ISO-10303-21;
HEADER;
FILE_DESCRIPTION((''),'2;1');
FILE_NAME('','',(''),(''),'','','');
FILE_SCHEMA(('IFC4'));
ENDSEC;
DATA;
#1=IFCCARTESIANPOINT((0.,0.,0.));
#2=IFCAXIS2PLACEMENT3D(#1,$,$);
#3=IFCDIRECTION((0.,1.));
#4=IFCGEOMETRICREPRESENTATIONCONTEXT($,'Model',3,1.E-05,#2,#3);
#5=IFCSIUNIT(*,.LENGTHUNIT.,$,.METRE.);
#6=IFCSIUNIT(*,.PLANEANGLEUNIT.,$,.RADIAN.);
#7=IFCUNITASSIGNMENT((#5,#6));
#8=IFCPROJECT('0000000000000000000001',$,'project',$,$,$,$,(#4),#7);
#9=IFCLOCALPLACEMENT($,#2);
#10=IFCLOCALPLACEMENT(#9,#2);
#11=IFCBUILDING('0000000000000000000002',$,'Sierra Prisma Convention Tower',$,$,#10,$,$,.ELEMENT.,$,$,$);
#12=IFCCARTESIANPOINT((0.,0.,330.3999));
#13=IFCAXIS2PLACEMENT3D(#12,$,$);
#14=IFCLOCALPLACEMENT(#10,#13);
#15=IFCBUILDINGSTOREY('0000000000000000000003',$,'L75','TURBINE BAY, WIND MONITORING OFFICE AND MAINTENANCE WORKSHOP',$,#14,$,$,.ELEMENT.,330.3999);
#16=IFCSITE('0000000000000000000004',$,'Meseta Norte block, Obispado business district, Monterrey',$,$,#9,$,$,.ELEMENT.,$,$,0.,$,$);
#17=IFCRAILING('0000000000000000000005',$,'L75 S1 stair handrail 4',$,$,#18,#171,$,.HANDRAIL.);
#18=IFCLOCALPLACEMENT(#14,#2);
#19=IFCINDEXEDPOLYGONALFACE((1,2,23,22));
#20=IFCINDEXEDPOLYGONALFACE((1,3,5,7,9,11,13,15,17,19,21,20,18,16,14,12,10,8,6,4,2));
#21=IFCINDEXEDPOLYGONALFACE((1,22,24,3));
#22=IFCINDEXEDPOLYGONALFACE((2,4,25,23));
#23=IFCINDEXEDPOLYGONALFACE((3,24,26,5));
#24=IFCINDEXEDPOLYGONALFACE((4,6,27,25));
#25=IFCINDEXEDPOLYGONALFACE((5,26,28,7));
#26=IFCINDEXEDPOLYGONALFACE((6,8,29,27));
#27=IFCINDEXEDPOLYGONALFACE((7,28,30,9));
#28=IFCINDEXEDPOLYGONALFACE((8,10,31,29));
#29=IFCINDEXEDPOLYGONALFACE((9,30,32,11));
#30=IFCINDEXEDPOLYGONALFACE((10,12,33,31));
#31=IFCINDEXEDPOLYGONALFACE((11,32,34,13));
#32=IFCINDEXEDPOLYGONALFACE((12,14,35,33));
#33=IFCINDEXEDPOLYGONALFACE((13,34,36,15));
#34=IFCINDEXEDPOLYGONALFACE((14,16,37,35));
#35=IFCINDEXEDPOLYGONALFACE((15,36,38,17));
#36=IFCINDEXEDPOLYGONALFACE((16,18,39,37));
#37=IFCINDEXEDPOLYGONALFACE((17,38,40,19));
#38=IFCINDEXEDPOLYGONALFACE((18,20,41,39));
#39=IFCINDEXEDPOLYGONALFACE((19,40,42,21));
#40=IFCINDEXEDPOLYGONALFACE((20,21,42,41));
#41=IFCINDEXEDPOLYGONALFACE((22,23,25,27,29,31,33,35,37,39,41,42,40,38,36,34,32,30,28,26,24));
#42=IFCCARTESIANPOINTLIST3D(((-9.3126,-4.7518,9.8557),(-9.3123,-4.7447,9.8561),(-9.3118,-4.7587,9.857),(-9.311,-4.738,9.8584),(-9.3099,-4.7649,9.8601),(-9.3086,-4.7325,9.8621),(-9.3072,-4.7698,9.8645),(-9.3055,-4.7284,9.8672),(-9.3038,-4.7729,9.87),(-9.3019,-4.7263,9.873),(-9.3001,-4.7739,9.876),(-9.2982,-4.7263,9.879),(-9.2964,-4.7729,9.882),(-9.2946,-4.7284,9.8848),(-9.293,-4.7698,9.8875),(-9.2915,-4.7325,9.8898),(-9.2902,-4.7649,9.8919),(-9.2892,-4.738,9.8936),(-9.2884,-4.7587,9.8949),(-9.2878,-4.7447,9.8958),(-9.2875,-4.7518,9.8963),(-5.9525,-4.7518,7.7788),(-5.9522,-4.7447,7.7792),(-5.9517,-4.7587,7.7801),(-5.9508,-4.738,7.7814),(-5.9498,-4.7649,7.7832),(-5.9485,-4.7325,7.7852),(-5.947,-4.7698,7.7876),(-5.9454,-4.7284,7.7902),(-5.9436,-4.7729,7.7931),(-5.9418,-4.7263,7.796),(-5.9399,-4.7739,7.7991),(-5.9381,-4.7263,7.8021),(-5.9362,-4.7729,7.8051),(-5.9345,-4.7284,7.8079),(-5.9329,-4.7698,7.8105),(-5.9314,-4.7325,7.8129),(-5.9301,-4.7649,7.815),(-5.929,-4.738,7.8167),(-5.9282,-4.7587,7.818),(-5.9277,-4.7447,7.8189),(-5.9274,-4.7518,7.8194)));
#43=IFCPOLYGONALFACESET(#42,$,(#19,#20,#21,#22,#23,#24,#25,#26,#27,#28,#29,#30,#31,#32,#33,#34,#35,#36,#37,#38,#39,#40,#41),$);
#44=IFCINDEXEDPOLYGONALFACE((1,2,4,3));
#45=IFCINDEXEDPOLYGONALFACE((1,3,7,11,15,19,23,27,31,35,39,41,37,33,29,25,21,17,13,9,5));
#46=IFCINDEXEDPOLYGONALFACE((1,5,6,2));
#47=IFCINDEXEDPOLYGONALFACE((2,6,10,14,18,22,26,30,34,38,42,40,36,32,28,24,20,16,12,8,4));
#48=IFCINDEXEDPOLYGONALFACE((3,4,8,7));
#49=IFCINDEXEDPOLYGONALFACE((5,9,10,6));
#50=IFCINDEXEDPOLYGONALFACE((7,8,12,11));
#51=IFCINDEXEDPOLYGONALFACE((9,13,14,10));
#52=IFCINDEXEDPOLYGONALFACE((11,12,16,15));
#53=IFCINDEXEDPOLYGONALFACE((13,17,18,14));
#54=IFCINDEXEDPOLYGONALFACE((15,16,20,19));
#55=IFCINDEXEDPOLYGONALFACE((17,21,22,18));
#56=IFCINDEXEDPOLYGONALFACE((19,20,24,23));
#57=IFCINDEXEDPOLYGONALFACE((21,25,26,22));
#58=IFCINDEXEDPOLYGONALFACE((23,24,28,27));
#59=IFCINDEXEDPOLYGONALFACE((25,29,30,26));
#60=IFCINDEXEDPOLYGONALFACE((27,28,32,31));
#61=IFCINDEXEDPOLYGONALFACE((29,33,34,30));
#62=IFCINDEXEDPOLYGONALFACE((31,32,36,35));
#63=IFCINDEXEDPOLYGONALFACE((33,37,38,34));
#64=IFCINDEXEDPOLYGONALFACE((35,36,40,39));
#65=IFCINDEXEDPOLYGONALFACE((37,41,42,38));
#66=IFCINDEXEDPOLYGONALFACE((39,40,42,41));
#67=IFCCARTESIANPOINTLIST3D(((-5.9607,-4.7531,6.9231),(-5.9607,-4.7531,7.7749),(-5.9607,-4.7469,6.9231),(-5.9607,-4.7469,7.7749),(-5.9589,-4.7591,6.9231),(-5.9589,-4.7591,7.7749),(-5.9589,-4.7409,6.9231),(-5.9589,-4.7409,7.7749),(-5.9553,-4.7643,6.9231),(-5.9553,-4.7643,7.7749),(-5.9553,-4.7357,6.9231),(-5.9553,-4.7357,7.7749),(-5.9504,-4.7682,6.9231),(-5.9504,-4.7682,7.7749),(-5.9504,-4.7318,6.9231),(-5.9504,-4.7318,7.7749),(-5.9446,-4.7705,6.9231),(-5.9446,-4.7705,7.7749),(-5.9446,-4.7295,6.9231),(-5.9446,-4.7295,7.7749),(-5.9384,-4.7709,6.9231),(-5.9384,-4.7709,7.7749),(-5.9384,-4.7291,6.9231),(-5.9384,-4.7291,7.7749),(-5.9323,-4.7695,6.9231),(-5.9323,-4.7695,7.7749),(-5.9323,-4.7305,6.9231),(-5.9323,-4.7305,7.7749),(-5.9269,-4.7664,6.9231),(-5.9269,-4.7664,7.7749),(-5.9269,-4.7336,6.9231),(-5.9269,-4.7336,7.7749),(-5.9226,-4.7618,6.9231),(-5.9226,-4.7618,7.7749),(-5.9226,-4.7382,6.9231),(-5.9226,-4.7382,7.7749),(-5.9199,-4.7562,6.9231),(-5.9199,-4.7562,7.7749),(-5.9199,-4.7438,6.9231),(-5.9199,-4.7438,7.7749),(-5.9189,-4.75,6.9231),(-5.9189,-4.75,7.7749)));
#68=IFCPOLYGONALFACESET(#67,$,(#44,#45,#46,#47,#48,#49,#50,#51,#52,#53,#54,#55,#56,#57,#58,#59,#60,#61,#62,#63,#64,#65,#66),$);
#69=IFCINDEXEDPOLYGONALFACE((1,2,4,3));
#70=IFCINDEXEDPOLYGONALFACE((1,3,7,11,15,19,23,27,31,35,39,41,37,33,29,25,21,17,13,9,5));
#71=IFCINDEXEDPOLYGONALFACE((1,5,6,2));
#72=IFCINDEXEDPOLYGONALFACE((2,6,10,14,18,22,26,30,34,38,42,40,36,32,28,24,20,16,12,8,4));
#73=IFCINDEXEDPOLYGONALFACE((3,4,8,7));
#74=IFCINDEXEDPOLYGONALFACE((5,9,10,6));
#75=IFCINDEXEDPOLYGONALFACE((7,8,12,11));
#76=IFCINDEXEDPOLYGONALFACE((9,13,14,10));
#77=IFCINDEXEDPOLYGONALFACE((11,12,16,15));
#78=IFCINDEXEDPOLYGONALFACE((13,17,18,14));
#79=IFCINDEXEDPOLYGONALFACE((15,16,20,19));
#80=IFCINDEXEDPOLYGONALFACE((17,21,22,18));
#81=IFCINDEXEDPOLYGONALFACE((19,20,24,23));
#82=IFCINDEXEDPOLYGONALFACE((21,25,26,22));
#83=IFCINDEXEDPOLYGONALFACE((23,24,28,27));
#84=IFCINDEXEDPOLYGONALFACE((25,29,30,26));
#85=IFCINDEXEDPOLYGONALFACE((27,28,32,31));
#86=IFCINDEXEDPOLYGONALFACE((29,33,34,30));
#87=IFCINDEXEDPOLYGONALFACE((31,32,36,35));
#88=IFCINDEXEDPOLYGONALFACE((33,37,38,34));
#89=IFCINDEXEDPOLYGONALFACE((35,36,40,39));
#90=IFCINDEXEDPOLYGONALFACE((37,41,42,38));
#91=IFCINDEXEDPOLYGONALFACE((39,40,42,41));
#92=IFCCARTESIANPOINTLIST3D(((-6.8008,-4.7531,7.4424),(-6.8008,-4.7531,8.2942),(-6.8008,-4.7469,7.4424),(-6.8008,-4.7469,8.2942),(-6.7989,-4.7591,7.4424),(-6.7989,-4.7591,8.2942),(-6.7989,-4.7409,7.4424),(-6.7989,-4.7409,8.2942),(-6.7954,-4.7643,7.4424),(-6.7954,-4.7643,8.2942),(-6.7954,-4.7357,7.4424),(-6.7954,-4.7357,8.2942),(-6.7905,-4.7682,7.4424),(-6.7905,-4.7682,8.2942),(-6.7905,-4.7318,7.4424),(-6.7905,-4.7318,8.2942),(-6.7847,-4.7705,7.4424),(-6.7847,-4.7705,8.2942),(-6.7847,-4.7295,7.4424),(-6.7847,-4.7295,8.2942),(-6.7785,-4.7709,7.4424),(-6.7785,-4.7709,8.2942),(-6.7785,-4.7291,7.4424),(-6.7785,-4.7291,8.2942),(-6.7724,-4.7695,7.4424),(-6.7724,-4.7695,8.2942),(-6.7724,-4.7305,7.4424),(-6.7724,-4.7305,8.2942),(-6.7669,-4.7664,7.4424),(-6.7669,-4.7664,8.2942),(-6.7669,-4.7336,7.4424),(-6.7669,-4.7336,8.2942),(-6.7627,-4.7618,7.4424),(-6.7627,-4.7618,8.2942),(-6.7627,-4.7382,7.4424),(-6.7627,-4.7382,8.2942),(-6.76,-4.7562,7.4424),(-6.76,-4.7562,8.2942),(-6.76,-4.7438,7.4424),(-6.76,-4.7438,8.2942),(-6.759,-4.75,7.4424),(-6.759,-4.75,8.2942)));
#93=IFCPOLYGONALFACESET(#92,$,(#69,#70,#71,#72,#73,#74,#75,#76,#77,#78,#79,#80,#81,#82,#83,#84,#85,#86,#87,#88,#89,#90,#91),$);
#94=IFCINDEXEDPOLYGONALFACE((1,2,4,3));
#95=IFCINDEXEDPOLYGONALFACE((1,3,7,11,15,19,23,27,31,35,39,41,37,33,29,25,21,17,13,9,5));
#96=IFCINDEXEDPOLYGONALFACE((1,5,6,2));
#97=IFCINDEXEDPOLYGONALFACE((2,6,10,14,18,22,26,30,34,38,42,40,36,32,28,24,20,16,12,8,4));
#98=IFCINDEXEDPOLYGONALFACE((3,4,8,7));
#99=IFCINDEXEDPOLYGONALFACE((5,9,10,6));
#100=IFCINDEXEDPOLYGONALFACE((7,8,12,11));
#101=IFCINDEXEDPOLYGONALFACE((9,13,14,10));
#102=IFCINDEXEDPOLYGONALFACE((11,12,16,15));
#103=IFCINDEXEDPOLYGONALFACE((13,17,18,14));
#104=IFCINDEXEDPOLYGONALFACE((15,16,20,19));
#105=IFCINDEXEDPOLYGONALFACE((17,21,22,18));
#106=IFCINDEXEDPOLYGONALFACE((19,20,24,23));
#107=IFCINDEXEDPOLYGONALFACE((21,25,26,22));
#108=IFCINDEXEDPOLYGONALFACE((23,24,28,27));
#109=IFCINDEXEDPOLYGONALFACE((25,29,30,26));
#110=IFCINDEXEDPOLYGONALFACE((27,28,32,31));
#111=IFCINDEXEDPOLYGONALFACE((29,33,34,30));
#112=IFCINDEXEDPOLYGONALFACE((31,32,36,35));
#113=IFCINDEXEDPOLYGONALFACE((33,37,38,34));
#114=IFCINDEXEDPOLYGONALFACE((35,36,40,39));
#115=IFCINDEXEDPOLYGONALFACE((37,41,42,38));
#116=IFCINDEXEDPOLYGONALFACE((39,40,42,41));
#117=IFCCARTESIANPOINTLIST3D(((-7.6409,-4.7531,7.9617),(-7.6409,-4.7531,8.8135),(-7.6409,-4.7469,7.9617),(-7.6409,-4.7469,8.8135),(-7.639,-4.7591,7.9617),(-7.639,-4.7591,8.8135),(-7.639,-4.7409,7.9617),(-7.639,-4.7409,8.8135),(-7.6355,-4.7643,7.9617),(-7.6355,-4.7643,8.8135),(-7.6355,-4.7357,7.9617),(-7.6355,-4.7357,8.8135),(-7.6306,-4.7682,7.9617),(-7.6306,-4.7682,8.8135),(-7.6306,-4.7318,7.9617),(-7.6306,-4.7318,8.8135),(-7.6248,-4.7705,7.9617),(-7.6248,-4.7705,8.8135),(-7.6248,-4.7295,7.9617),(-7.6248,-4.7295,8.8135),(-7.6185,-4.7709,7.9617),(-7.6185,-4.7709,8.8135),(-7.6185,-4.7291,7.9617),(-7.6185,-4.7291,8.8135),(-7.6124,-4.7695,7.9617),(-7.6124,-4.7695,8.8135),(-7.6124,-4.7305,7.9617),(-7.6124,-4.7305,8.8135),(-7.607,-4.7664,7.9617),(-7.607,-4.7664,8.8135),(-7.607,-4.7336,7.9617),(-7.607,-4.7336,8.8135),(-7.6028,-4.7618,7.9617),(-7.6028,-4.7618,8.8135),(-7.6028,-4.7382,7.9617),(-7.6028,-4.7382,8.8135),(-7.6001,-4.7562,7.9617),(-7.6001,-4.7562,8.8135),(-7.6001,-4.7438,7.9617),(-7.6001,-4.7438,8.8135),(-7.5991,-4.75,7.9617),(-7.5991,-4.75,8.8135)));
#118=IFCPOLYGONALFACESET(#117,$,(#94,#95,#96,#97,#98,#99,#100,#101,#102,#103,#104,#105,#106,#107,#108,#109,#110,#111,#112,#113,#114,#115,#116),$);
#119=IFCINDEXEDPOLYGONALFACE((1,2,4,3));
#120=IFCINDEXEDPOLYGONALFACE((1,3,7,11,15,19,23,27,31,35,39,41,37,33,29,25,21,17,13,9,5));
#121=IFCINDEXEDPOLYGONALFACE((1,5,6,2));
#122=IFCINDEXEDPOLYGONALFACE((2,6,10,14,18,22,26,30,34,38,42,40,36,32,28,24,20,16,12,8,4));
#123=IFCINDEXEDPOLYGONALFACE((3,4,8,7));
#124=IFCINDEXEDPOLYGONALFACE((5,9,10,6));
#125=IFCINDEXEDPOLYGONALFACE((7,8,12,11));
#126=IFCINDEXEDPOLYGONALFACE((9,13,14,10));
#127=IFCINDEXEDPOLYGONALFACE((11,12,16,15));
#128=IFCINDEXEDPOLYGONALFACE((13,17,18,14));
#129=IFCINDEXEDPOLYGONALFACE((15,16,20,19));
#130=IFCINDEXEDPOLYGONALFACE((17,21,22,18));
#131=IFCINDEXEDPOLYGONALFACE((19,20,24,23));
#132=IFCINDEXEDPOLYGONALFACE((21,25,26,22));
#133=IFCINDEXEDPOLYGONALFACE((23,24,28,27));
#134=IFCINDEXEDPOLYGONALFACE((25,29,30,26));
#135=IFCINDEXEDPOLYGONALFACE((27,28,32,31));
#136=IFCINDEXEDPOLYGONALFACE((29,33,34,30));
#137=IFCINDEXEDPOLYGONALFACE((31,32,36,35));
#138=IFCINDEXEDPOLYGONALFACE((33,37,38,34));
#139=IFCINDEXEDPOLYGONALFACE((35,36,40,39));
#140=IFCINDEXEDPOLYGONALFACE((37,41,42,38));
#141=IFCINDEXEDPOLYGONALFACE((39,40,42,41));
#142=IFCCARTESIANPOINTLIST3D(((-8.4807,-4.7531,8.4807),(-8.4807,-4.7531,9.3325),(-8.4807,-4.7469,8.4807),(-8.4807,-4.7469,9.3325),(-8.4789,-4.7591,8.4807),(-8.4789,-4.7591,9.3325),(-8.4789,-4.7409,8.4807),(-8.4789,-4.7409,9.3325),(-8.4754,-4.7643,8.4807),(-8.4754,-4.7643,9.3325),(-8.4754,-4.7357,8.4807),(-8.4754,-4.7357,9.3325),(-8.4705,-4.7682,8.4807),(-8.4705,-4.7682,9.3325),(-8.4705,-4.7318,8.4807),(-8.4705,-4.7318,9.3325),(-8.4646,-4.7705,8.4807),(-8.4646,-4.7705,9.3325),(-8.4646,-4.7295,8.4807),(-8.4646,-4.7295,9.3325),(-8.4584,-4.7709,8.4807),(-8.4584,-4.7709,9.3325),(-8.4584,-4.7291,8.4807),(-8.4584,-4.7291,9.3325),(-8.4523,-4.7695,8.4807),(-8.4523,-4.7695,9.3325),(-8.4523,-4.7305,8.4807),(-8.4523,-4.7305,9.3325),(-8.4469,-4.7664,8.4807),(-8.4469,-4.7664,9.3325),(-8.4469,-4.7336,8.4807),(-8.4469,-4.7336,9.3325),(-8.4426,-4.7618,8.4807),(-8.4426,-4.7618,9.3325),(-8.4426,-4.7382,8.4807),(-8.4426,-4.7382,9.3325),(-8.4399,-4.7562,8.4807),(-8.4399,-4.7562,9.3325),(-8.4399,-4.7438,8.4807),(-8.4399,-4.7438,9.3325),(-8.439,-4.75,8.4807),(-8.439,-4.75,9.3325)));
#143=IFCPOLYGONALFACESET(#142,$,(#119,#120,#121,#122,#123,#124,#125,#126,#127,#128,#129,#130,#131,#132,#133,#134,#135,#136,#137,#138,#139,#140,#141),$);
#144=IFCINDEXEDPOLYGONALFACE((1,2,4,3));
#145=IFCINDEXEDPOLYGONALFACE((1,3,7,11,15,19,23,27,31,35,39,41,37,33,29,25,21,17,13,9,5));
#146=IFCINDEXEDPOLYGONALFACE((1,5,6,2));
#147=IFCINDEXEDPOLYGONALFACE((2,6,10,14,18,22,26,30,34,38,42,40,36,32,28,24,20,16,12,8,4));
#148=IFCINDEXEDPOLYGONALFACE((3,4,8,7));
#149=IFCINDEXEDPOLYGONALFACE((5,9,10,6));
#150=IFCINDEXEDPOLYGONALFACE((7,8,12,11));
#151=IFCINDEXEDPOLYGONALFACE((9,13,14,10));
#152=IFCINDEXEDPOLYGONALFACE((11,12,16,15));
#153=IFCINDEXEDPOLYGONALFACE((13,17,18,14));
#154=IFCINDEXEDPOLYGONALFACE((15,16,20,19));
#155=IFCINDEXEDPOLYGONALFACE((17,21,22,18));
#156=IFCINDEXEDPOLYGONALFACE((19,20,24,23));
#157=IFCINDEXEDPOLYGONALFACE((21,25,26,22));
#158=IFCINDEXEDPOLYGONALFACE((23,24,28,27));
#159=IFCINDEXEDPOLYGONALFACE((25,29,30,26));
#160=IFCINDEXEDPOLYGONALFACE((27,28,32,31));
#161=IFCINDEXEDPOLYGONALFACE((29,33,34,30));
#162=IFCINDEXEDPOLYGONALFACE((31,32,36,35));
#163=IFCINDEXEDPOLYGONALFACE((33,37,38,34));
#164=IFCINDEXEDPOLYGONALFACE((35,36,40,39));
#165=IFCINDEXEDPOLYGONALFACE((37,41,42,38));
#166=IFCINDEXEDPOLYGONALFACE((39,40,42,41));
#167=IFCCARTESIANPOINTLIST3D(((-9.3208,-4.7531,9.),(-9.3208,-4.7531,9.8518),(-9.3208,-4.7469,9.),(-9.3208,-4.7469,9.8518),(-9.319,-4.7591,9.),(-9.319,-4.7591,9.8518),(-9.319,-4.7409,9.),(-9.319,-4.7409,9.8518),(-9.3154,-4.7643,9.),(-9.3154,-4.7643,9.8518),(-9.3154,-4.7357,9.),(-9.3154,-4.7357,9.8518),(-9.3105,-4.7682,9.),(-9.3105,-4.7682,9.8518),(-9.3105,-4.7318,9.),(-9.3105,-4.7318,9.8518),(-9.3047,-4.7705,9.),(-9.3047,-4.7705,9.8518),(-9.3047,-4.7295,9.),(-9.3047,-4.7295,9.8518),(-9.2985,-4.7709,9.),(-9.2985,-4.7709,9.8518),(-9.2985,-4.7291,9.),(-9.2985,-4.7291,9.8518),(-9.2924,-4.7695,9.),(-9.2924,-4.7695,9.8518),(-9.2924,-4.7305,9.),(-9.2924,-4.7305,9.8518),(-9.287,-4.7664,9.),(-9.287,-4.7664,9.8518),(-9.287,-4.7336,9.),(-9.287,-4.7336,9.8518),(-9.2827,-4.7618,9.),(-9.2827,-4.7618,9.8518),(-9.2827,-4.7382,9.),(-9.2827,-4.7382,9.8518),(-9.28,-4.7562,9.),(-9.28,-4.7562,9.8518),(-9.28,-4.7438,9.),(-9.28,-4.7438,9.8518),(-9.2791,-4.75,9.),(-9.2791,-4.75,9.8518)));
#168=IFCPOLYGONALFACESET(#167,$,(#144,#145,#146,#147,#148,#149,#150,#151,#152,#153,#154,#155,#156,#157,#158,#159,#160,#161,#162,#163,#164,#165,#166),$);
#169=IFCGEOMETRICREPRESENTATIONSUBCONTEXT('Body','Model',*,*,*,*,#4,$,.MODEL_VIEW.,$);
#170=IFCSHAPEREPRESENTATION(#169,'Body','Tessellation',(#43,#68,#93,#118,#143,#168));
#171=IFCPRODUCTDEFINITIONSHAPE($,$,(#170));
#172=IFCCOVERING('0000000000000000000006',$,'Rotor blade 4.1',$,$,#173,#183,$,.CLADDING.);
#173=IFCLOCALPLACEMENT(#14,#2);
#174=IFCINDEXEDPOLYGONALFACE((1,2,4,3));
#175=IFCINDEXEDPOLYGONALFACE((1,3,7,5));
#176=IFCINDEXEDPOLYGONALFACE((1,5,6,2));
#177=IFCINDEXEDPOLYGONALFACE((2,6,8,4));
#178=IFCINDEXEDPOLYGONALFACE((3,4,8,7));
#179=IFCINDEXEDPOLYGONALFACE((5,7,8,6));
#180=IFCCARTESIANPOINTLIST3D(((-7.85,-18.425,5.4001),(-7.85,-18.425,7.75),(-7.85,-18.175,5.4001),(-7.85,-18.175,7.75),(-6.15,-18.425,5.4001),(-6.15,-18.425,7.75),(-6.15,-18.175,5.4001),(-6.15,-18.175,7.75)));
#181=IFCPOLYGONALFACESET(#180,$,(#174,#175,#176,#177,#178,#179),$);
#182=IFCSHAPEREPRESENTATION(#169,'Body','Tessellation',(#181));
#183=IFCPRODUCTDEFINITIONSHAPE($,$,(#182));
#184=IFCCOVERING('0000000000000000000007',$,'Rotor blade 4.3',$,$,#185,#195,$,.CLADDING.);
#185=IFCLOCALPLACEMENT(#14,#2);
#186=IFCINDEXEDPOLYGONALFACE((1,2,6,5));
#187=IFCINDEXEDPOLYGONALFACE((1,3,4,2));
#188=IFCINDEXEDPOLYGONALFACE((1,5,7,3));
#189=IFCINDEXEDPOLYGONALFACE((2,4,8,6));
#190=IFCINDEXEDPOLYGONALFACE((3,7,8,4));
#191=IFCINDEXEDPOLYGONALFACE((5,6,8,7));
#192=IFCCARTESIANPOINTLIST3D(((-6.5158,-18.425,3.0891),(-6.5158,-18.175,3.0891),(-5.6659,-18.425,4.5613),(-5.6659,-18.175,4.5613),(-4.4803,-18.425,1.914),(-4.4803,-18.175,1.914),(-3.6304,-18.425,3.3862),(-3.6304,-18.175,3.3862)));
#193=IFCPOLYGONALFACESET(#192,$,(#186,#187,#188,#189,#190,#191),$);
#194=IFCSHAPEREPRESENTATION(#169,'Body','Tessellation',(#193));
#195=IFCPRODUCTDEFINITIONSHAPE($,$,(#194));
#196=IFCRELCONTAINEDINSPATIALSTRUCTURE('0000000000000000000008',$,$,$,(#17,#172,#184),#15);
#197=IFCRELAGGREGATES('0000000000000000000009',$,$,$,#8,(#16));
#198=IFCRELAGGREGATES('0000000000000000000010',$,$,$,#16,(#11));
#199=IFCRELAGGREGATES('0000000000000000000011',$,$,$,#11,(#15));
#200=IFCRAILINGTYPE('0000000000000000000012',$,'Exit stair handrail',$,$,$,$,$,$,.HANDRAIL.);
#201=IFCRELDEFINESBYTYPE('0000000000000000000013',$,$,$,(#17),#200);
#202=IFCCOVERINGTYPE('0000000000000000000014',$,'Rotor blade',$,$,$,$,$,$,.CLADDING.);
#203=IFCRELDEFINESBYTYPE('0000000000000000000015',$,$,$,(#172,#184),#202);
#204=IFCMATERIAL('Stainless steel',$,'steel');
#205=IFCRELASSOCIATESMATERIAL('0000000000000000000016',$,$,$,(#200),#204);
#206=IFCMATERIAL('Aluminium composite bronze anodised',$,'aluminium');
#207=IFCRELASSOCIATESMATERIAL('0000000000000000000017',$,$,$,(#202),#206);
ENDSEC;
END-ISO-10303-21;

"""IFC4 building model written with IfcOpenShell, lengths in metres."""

from ifc_helpers import new_model, si_unit, direction, frame, origin, origin_2d, place, context, subcontext, project, spatial, rectangle, circle, extrude, material, material_profile, profile_set, type_object, element, save


model = new_model("IFC4")

# Units and contexts
model_context = context("Model", 3, precision=1e-05, world=origin(), true_north=direction((0.0, 1.0)))
body_context = subcontext(model_context, "Body", "Model", "MODEL_VIEW")
ifc_project = project(units=[si_unit("LENGTHUNIT", "METRE"), si_unit("PLANEANGLEUNIT", "RADIAN")], contexts=[model_context])

# Site, building, storey
site_placement = place(None, origin())
site = spatial("IfcSite", under=ifc_project, at=site_placement, Name="Meseta Norte block, Obispado business district, Monterrey", CompositionType="ELEMENT", RefElevation=0.0)
building_placement = place(site_placement, origin())
building = spatial("IfcBuilding", under=site, at=building_placement, Name="Sierra Prisma Convention Tower", CompositionType="ELEMENT")
storey_placement = place(building_placement, frame((0.0, 0.0, 330.3999)))
storey = spatial("IfcBuildingStorey", under=building, at=storey_placement, Name="L75", Description="TURBINE BAY, WIND MONITORING OFFICE AND MAINTENANCE WORKSHOP", CompositionType="ELEMENT", Elevation=330.3999)

# Railing
ifc_material_1 = material(Name="Stainless steel", Category="steel")
railing_type_1 = type_object("IfcRailingType", Name="Exit stair handrail", PredefinedType="HANDRAIL", material=ifc_material_1)
for number, where, name in (
    (1, (-5.9399, -4.75, 6.9231), "L75 S1 stair handrail 4"),
):
    element("IfcRailing", number, at=place(storey_placement, frame(where)), inside=storey, type_object=railing_type_1, Name=name, PredefinedType="HANDRAIL", context=body_context, shape_type="SweptSolid", body=[
        extrude(circle(Radius=0.0239, at=origin_2d()), frame((0.0, 0.0, 0.876), z_axis=(-0.850623, 0.0, 0.525776), x_axis=(0.0, -1.0, 0.0)), (0.0, 0.0, 1.0), 3.9502),
        extrude(circle(Radius=0.021, at=origin_2d()), origin(), (0.0, 0.0, 1.0), 0.8518),
        extrude(circle(Radius=0.021, at=origin_2d()), frame((-0.8401, 0.0, 0.5193)), (0.0, 0.0, 1.0), 0.8518),
        extrude(circle(Radius=0.021, at=origin_2d()), frame((-1.6802, 0.0, 1.0386)), (0.0, 0.0, 1.0), 0.8518),
        extrude(circle(Radius=0.021, at=origin_2d()), frame((-2.52, 0.0, 1.5576)), (0.0, 0.0, 1.0), 0.8518),
        extrude(circle(Radius=0.021, at=origin_2d()), frame((-3.3601, 0.0, 2.0769)), (0.0, 0.0, 1.0), 0.8518),
    ])

# Coverings
ifc_material_2 = material(Name="Aluminium composite bronze anodised", Category="aluminium")
ifc_material_profile_1 = material_profile(ifc_material_2, rectangle(XDim=0.25, YDim=1.7, at=origin_2d()), Name="ROTOR BLADE 250x1700")
ifc_profile_set_1 = profile_set([ifc_material_profile_1], Name="Aluminium composite bronze anodised")
covering_type_1 = type_object("IfcCoveringType", Name="Rotor blade", PredefinedType="CLADDING", material=ifc_profile_set_1)
covering_1_placement = place(storey_placement, frame((-7.0, -18.3, 5.4001), z_axis=(0.0, 0.0, 1.0), x_axis=(0.0, -1.0, 0.0)))
element("IfcCovering", 2, at=covering_1_placement, inside=storey, type_object=covering_type_1, Name="Rotor blade 4.1", PredefinedType="CLADDING", context=body_context, shape_type="SweptSolid", body=[
    extrude(rectangle(XDim=0.25, YDim=1.7, at=origin_2d()), origin(), (0.0, 0.0, 1.0), 2.3499),
])
covering_2_placement = place(storey_placement, frame((-6.0908, -18.3, 3.8252), z_axis=(0.866042, 0.0, -0.499971), x_axis=(0.0, 1.0, 0.0)))
element("IfcCovering", 3, at=covering_2_placement, inside=storey, type_object=covering_type_1, Name="Rotor blade 4.3", PredefinedType="CLADDING", context=body_context, shape_type="SweptSolid", body=[
    extrude(rectangle(XDim=0.25, YDim=1.7, at=origin_2d()), origin(), (0.0, 0.0, 1.0), 2.3503),
])

save(model, "model.ifc")
